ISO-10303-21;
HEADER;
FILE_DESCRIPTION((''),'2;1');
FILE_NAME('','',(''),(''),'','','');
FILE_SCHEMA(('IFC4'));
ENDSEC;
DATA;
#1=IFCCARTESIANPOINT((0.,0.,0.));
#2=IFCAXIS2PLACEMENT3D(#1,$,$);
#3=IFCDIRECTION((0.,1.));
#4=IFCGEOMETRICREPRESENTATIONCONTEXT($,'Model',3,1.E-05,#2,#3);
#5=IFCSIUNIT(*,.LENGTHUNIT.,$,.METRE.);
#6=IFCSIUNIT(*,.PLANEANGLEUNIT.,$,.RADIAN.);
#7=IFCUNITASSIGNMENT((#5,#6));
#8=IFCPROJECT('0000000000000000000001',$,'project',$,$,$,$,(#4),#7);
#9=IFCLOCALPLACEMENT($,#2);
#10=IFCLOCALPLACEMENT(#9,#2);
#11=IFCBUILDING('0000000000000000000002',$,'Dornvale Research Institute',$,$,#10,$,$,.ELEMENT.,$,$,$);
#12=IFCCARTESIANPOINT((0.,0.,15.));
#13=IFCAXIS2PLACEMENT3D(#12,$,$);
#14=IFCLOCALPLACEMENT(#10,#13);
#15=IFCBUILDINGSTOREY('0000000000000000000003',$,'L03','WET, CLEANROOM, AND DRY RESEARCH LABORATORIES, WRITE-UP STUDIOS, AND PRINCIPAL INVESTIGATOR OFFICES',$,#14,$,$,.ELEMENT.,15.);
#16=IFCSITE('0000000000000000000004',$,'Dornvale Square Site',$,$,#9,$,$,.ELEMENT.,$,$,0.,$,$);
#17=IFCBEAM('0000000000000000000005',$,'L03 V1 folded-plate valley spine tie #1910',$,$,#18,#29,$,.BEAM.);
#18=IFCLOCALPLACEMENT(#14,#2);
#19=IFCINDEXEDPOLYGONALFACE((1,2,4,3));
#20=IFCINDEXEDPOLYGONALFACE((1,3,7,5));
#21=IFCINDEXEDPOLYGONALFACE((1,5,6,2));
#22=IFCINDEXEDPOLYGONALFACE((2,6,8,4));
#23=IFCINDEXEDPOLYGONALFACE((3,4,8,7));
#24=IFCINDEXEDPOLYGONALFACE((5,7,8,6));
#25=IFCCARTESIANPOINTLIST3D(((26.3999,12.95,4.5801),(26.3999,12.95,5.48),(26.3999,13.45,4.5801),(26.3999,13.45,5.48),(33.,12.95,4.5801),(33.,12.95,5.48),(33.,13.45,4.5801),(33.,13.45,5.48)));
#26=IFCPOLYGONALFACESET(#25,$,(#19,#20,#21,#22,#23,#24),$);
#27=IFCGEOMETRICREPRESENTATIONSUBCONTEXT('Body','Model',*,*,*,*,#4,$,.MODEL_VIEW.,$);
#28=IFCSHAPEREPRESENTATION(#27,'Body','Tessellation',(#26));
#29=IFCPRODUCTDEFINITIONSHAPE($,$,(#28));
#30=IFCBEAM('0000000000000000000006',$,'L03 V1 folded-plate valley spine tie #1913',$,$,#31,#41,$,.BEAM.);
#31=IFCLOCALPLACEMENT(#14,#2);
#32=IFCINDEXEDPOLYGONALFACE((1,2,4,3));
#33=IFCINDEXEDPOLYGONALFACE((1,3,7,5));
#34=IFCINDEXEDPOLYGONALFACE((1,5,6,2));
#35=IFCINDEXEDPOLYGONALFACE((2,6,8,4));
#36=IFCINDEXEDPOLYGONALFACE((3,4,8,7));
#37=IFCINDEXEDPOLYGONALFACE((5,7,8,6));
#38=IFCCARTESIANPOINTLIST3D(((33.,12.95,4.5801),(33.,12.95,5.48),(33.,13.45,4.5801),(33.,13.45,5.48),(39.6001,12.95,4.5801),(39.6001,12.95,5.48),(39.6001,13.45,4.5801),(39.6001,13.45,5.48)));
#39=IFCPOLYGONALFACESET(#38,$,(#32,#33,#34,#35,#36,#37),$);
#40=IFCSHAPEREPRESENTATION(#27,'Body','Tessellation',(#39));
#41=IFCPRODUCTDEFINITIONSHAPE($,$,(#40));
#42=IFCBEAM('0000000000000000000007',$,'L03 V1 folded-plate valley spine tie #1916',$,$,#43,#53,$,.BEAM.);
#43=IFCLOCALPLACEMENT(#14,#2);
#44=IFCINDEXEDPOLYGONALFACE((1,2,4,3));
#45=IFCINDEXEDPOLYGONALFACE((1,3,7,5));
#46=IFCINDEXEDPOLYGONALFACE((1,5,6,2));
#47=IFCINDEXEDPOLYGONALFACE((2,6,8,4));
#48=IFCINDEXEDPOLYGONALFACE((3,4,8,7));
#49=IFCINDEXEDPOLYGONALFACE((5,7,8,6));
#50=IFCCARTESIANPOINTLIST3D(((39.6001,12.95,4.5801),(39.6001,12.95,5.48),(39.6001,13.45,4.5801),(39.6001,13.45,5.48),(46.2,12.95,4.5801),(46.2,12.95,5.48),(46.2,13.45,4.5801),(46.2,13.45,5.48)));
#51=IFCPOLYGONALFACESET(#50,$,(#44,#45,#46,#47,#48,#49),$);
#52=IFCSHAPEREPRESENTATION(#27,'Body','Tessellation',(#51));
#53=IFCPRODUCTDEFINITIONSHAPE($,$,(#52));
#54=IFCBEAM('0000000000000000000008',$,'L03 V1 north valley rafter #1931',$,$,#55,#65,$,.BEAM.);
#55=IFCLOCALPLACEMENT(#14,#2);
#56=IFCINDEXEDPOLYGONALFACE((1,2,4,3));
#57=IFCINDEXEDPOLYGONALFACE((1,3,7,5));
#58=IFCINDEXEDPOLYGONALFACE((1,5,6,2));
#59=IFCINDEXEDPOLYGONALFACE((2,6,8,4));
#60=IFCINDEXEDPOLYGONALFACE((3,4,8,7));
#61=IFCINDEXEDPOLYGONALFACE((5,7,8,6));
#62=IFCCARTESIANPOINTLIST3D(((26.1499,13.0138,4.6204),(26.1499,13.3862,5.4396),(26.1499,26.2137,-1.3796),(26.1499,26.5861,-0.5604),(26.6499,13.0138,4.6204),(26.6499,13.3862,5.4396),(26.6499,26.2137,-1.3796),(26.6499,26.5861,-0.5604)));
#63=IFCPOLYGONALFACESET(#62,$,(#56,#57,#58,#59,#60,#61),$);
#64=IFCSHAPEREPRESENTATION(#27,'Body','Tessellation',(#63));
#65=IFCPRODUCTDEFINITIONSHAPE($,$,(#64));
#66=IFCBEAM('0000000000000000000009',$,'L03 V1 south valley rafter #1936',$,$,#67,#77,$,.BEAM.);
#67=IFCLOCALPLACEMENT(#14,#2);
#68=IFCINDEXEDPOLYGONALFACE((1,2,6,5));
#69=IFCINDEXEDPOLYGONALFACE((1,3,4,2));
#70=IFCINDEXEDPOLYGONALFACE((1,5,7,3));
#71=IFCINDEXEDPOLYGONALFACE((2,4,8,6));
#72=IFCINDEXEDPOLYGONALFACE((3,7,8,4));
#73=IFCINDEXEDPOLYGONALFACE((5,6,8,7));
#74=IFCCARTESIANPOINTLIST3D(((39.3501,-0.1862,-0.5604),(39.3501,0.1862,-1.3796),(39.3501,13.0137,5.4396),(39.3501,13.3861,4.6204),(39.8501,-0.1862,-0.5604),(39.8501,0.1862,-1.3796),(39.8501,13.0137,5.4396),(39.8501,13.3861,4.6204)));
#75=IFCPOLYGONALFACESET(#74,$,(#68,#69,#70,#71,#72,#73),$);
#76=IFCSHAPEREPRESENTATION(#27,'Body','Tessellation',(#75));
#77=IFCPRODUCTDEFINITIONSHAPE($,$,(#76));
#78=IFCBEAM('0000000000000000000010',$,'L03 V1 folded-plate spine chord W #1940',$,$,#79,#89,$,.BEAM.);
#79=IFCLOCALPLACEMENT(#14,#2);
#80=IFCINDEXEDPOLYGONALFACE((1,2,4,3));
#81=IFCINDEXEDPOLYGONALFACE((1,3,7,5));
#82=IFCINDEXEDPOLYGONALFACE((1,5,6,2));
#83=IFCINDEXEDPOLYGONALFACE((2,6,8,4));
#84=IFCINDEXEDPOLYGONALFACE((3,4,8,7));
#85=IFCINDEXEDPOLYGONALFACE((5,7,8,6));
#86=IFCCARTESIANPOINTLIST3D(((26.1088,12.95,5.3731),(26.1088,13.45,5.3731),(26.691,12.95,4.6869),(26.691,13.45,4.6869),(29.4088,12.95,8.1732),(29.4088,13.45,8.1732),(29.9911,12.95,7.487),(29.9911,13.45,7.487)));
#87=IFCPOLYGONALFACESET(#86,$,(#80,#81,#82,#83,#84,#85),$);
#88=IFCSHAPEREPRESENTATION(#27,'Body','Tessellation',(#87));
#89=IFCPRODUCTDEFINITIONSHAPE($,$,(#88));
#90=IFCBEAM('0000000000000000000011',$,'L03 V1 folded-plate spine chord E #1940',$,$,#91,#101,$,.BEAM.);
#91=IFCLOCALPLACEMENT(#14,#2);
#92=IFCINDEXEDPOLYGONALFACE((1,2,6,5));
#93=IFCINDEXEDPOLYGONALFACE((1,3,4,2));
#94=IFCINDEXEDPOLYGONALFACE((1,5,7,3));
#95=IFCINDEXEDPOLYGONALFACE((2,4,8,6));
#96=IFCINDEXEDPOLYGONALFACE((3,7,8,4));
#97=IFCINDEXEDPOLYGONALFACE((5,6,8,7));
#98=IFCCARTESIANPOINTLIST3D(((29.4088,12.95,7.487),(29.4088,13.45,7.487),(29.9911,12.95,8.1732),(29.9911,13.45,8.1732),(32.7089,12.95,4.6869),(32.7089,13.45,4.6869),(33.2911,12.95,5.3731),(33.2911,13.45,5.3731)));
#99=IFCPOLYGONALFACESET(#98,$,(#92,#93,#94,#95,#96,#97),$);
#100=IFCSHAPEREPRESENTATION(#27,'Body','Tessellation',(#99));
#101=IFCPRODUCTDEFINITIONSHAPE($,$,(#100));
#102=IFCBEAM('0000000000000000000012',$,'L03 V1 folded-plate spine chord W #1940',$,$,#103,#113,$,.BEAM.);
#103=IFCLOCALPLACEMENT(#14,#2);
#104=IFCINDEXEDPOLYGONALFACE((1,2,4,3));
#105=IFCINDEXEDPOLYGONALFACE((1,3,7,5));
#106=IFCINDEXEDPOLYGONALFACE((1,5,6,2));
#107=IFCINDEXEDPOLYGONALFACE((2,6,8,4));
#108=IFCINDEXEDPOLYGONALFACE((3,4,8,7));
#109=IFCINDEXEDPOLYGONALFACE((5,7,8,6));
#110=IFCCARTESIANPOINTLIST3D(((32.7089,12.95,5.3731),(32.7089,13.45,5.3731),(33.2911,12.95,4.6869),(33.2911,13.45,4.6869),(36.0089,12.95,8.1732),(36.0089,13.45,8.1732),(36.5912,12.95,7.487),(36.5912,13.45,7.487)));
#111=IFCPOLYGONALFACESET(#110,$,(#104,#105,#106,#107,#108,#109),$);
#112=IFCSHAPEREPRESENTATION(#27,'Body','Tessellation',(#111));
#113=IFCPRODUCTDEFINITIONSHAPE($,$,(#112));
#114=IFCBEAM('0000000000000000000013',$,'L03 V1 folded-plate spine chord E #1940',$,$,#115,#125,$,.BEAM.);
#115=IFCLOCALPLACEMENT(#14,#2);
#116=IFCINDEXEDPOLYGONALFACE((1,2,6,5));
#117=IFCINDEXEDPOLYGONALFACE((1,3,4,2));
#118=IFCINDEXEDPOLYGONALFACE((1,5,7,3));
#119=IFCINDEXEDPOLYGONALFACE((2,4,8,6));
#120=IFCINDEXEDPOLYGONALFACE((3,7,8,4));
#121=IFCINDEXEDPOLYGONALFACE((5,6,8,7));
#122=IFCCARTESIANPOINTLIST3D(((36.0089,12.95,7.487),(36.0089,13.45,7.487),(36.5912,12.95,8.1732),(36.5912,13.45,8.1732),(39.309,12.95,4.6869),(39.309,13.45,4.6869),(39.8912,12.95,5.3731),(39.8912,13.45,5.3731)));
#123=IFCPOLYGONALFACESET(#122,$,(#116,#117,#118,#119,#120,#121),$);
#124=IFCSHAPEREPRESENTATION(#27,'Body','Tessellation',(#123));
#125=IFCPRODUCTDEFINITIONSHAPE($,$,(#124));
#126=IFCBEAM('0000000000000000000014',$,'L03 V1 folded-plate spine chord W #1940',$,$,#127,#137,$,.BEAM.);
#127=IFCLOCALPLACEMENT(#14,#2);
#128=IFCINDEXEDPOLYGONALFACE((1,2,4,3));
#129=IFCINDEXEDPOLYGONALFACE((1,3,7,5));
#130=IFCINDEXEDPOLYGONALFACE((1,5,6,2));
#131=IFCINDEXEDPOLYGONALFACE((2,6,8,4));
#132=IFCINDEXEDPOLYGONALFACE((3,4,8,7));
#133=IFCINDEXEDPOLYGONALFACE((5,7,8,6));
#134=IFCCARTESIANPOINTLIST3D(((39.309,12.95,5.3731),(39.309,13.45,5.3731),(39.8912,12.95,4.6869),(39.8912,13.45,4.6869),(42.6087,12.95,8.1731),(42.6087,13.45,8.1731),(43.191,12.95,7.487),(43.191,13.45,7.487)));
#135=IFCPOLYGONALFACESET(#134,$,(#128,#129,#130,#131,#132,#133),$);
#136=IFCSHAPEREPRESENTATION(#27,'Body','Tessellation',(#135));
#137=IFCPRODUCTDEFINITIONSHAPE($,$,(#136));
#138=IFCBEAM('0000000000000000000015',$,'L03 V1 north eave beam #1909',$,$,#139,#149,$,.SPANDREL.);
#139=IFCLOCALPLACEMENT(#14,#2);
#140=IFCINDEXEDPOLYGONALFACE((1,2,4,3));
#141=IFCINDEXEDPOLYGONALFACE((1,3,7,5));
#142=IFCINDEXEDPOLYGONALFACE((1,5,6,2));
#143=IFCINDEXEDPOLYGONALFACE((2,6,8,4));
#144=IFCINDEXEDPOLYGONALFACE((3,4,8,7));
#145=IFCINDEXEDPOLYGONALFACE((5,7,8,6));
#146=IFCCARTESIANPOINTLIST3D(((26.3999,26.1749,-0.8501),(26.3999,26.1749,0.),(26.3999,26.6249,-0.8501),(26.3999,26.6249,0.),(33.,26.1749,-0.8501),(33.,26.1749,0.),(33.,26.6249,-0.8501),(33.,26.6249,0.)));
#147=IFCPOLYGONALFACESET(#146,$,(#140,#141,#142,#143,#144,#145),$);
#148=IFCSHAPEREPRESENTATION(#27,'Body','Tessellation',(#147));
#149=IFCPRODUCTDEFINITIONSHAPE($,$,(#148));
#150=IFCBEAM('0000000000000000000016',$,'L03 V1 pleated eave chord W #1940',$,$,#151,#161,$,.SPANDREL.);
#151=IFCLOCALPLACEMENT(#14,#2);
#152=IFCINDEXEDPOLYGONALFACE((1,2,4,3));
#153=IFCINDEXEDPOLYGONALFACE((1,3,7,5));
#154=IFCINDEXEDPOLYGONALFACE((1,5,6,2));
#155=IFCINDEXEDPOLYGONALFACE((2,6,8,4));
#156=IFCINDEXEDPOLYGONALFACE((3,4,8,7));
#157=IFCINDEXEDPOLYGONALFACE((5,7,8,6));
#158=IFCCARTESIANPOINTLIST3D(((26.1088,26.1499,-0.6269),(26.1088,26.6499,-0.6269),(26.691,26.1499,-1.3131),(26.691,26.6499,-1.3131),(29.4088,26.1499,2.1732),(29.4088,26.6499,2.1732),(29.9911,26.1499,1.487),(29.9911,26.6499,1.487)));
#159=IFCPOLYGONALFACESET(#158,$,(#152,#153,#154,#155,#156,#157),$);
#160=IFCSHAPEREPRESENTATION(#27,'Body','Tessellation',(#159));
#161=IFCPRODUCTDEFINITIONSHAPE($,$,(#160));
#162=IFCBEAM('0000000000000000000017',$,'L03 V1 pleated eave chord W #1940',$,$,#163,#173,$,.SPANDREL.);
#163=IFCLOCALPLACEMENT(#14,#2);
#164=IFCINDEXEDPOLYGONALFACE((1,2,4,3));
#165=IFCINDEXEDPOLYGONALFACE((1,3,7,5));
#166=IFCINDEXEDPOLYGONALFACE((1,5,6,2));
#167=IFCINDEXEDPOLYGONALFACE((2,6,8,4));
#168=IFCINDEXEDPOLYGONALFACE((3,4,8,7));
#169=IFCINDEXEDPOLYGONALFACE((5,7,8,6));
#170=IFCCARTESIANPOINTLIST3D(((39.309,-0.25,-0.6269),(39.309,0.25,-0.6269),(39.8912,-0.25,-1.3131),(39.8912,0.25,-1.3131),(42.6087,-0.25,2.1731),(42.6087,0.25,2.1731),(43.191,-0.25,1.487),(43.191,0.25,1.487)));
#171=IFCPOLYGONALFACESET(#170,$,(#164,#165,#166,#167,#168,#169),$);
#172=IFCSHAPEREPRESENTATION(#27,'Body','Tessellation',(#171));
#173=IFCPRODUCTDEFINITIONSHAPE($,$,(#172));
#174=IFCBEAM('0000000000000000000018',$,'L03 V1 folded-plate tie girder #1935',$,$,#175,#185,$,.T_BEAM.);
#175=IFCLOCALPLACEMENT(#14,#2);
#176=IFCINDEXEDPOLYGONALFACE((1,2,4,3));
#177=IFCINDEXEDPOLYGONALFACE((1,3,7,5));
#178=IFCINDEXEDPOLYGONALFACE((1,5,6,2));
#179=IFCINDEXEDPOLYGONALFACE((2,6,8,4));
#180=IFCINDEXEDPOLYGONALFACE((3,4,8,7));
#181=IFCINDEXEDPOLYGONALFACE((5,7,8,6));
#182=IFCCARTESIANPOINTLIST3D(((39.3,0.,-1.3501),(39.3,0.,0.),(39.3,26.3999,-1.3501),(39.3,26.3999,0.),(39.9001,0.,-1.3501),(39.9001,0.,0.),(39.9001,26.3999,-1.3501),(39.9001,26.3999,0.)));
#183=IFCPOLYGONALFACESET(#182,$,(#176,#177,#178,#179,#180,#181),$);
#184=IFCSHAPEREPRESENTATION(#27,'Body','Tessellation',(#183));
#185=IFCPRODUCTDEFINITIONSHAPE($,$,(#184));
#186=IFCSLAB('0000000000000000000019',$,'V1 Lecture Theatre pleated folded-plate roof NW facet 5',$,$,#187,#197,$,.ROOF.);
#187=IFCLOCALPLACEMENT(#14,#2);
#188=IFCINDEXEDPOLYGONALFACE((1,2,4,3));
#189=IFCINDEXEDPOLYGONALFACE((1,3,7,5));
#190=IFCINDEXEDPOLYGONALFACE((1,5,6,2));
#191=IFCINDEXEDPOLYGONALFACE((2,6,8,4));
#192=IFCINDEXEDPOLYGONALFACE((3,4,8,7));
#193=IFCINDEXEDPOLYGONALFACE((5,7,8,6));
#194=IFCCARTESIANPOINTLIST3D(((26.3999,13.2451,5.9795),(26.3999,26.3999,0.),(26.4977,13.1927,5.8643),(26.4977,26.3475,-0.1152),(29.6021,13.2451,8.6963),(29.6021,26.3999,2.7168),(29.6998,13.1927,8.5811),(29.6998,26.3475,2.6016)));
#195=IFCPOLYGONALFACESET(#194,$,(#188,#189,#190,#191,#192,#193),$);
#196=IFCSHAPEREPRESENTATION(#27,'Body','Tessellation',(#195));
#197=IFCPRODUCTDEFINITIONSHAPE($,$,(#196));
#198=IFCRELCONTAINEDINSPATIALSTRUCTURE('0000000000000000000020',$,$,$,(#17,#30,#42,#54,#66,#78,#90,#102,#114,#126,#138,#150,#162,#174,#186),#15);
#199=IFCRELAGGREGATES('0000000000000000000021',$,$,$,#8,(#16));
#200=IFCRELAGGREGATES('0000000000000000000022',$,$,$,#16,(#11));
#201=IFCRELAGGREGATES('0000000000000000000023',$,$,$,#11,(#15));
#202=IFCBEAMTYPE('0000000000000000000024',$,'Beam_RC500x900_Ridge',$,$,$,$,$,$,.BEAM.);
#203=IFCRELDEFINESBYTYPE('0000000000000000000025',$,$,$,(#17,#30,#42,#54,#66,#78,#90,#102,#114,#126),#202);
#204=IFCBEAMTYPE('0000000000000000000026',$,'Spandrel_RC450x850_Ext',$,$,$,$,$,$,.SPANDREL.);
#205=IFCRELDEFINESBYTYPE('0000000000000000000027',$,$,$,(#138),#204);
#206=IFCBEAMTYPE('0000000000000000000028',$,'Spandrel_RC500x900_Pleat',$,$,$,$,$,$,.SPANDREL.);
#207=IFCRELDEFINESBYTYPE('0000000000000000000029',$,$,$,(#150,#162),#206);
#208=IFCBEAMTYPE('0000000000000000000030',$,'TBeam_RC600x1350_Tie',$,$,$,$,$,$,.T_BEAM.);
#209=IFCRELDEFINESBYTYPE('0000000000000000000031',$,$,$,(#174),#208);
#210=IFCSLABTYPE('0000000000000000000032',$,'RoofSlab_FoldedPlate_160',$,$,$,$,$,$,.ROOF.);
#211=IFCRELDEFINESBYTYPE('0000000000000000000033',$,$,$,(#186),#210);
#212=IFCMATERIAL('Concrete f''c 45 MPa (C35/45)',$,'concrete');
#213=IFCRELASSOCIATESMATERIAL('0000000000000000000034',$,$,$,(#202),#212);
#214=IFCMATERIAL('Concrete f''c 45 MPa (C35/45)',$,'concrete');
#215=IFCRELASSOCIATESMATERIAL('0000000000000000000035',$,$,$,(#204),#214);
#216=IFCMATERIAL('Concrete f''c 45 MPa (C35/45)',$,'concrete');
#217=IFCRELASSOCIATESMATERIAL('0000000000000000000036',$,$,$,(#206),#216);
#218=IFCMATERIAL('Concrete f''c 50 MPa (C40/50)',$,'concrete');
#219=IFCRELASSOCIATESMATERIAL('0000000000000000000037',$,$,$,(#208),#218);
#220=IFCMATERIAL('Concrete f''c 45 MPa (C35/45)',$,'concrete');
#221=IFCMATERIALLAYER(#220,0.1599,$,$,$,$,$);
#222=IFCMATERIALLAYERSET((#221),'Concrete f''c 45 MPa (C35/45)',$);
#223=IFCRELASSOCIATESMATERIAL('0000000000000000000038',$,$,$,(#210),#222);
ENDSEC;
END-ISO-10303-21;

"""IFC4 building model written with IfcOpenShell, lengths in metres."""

from ifc_helpers import new_model, si_unit, direction, frame, origin, origin_2d, place, context, subcontext, project, spatial, polyline, rectangle, outline, extrude, material, layer, layer_set, material_profile, profile_set, type_object, element, save


model = new_model("IFC4")

# Units and contexts
model_context = context("Model", 3, precision=1e-05, world=origin(), true_north=direction((0.0, 1.0)))
body_context = subcontext(model_context, "Body", "Model", "MODEL_VIEW")
ifc_project = project(units=[si_unit("LENGTHUNIT", "METRE"), si_unit("PLANEANGLEUNIT", "RADIAN")], contexts=[model_context])

# Site, building, storey
site_placement = place(None, origin())
site = spatial("IfcSite", under=ifc_project, at=site_placement, Name="Dornvale Square Site", CompositionType="ELEMENT", RefElevation=0.0)
building_placement = place(site_placement, origin())
building = spatial("IfcBuilding", under=site, at=building_placement, Name="Dornvale Research Institute", CompositionType="ELEMENT")
storey_placement = place(building_placement, frame((0.0, 0.0, 15.0)))
storey = spatial("IfcBuildingStorey", under=building, at=storey_placement, Name="L03", Description="WET, CLEANROOM, AND DRY RESEARCH LABORATORIES, WRITE-UP STUDIOS, AND PRINCIPAL INVESTIGATOR OFFICES", CompositionType="ELEMENT", Elevation=15.0)

# Beams
ifc_material_1 = material(Name="Concrete f'c 45 MPa (C35/45)", Category="concrete")
ifc_material_profile_1 = material_profile(ifc_material_1, rectangle(XDim=0.5, YDim=0.8999, at=origin_2d()), Name="RC 500x900")
ifc_profile_set_1 = profile_set([ifc_material_profile_1], Name="Concrete f'c 45 MPa (C35/45)")
beam_type_1 = type_object("IfcBeamType", Name="Beam_RC500x900_Ridge", PredefinedType="BEAM", material=ifc_profile_set_1)
for number, where, z_axis, x_axis, name in (
    (1, (26.3999, 13.2, 5.03), (1.0, 0.0, 0.0), (0.0, 1.0, 0.0), "L03 V1 folded-plate valley spine tie #1910"),
    (2, (33.0, 13.2, 5.03), (1.0, 0.0, 0.0), (0.0, 1.0, 0.0), "L03 V1 folded-plate valley spine tie #1913"),
):
    element("IfcBeam", number, at=place(storey_placement, frame(where, z_axis=z_axis, x_axis=x_axis)), inside=storey, type_object=beam_type_1, Name=name, PredefinedType="BEAM", context=body_context, shape_type="SweptSolid", body=[
        extrude(rectangle(XDim=0.5, YDim=0.8999, at=origin_2d()), origin(), (0.0, 0.0, 1.0), 6.6001),
    ])
beam_1_placement = place(storey_placement, frame((39.6001, 13.2, 5.03), z_axis=(1.0, 0.0, 0.0), x_axis=(0.0, 1.0, 0.0)))
element("IfcBeam", 3, at=beam_1_placement, inside=storey, type_object=beam_type_1, Name="L03 V1 folded-plate valley spine tie #1916", PredefinedType="BEAM", context=body_context, shape_type="SweptSolid", body=[
    extrude(rectangle(XDim=0.5, YDim=0.8999, at=origin_2d()), origin(), (0.0, 0.0, 1.0), 6.5999),
])
for number, where, z_axis, x_axis, name in (
    (4, (26.3999, 26.3999, -0.97), (0.0, -0.910366, 0.413804), (1.0, 0.0, 0.0), "L03 V1 north valley rafter #1931"),
    (5, (39.6001, 0.0, -0.97), (0.0, 0.910366, 0.413804), (-1.0, 0.0, 0.0), "L03 V1 south valley rafter #1936"),
):
    element("IfcBeam", number, at=place(storey_placement, frame(where, z_axis=z_axis, x_axis=x_axis)), inside=storey, type_object=beam_type_1, Name=name, PredefinedType="BEAM", context=body_context, shape_type="SweptSolid", body=[
        extrude(rectangle(XDim=0.5, YDim=0.8999, at=origin_2d()), origin(), (0.0, 0.0, 1.0), 14.4995),
    ])
for number, where, z_axis, x_axis, name in (
    (6, (26.3999, 13.2, 5.03), (0.762508, 0.0, 0.646978), (0.0, 1.0, 0.0), "L03 V1 folded-plate spine chord W #1940"),
    (7, (29.7, 13.2, 7.8301), (0.762508, 0.0, -0.646978), (0.0, 1.0, 0.0), "L03 V1 folded-plate spine chord E #1940"),
    (8, (33.0, 13.2, 5.03), (0.762508, 0.0, 0.646978), (0.0, 1.0, 0.0), "L03 V1 folded-plate spine chord W #1940"),
    (9, (36.3, 13.2, 7.8301), (0.762508, 0.0, -0.646978), (0.0, 1.0, 0.0), "L03 V1 folded-plate spine chord E #1940"),
):
    element("IfcBeam", number, at=place(storey_placement, frame(where, z_axis=z_axis, x_axis=x_axis)), inside=storey, type_object=beam_type_1, Name=name, PredefinedType="BEAM", context=body_context, shape_type="SweptSolid", body=[
        extrude(rectangle(XDim=0.5, YDim=0.8999, at=origin_2d()), origin(), (0.0, 0.0, 1.0), 4.3279),
    ])
beam_2_placement = place(storey_placement, frame((39.6001, 13.2, 5.03), z_axis=(0.762485, 0.0, 0.647006), x_axis=(0.0, 1.0, 0.0)))
element("IfcBeam", 10, at=beam_2_placement, inside=storey, type_object=beam_type_1, Name="L03 V1 folded-plate spine chord W #1940", PredefinedType="BEAM", context=body_context, shape_type="SweptSolid", body=[
    extrude(rectangle(XDim=0.5, YDim=0.8999, at=origin_2d()), origin(), (0.0, 0.0, 1.0), 4.3276),
])
ifc_material_2 = material(Name="Concrete f'c 45 MPa (C35/45)", Category="concrete")
ifc_material_profile_2 = material_profile(ifc_material_2, rectangle(XDim=0.45, YDim=0.8501, at=origin_2d()), Name="RC 450x850")
ifc_profile_set_2 = profile_set([ifc_material_profile_2], Name="Concrete f'c 45 MPa (C35/45)")
beam_type_2 = type_object("IfcBeamType", Name="Spandrel_RC450x850_Ext", PredefinedType="SPANDREL", material=ifc_profile_set_2)
beam_3_placement = place(storey_placement, frame((26.3999, 26.3999, -0.425), z_axis=(1.0, 0.0, 0.0), x_axis=(0.0, 1.0, 0.0)))
element("IfcBeam", 11, at=beam_3_placement, inside=storey, type_object=beam_type_2, Name="L03 V1 north eave beam #1909", PredefinedType="SPANDREL", context=body_context, shape_type="SweptSolid", body=[
    extrude(rectangle(XDim=0.45, YDim=0.8501, at=origin_2d()), origin(), (0.0, 0.0, 1.0), 6.6001),
])
ifc_material_3 = material(Name="Concrete f'c 45 MPa (C35/45)", Category="concrete")
ifc_material_profile_3 = material_profile(ifc_material_3, rectangle(XDim=0.5, YDim=0.8999, at=origin_2d()), Name="RC 500x900")
ifc_profile_set_3 = profile_set([ifc_material_profile_3], Name="Concrete f'c 45 MPa (C35/45)")
beam_type_3 = type_object("IfcBeamType", Name="Spandrel_RC500x900_Pleat", PredefinedType="SPANDREL", material=ifc_profile_set_3)
beam_4_placement = place(storey_placement, frame((26.3999, 26.3999, -0.97), z_axis=(0.762508, 0.0, 0.646978), x_axis=(0.0, 1.0, 0.0)))
element("IfcBeam", 12, at=beam_4_placement, inside=storey, type_object=beam_type_3, Name="L03 V1 pleated eave chord W #1940", PredefinedType="SPANDREL", context=body_context, shape_type="SweptSolid", body=[
    extrude(rectangle(XDim=0.5, YDim=0.8999, at=origin_2d()), origin(), (0.0, 0.0, 1.0), 4.3279),
])
beam_5_placement = place(storey_placement, frame((39.6001, 0.0, -0.97), z_axis=(0.762485, 0.0, 0.647006), x_axis=(0.0, 1.0, 0.0)))
element("IfcBeam", 13, at=beam_5_placement, inside=storey, type_object=beam_type_3, Name="L03 V1 pleated eave chord W #1940", PredefinedType="SPANDREL", context=body_context, shape_type="SweptSolid", body=[
    extrude(rectangle(XDim=0.5, YDim=0.8999, at=origin_2d()), origin(), (0.0, 0.0, 1.0), 4.3276),
])
ifc_material_4 = material(Name="Concrete f'c 50 MPa (C40/50)", Category="concrete")
ifc_material_profile_4 = material_profile(ifc_material_4, rectangle(XDim=0.6001, YDim=1.3501, at=origin_2d()), Name="RC 600x1350")
ifc_profile_set_4 = profile_set([ifc_material_profile_4], Name="Concrete f'c 50 MPa (C40/50)")
beam_type_4 = type_object("IfcBeamType", Name="TBeam_RC600x1350_Tie", PredefinedType="T_BEAM", material=ifc_profile_set_4)
beam_6_placement = place(storey_placement, frame((39.6001, 0.0, -0.675), z_axis=(0.0, 1.0, 0.0), x_axis=(-1.0, 0.0, 0.0)))
element("IfcBeam", 14, at=beam_6_placement, inside=storey, type_object=beam_type_4, Name="L03 V1 folded-plate tie girder #1935", PredefinedType="T_BEAM", context=body_context, shape_type="SweptSolid", body=[
    extrude(rectangle(XDim=0.6001, YDim=1.3501, at=origin_2d()), origin(), (0.0, 0.0, 1.0), 26.3999),
])

# Slab
ifc_material_5 = material(Name="Concrete f'c 45 MPa (C35/45)", Category="concrete")
ifc_layer_1 = layer(ifc_material_5, 0.1599)
ifc_layer_set_1 = layer_set([ifc_layer_1], Name="Concrete f'c 45 MPa (C35/45)")
slab_type = type_object("IfcSlabType", Name="RoofSlab_FoldedPlate_160", PredefinedType="ROOF", material=ifc_layer_set_1)
slab_1_placement = place(storey_placement, frame((26.3999, 13.2451, 5.9795), z_axis=(-0.611276, 0.327493, 0.720479), x_axis=(0.76253, 0.0, 0.646953)))
element("IfcSlab", 15, at=slab_1_placement, inside=storey, type_object=slab_type, Name="V1 Lecture Theatre pleated folded-plate roof NW facet 5", PredefinedType="ROOF", context=body_context, shape_type="SweptSolid", body=[
    extrude(outline(polyline([(0.0, 0.0), (4.1994, 0.0), (0.3309, 13.9226), (-3.8684, 13.9226), (0.0, 0.0)])), origin(), (0.0, 0.0, -1.0), 0.1599),
])

save(model, "model.ifc")
